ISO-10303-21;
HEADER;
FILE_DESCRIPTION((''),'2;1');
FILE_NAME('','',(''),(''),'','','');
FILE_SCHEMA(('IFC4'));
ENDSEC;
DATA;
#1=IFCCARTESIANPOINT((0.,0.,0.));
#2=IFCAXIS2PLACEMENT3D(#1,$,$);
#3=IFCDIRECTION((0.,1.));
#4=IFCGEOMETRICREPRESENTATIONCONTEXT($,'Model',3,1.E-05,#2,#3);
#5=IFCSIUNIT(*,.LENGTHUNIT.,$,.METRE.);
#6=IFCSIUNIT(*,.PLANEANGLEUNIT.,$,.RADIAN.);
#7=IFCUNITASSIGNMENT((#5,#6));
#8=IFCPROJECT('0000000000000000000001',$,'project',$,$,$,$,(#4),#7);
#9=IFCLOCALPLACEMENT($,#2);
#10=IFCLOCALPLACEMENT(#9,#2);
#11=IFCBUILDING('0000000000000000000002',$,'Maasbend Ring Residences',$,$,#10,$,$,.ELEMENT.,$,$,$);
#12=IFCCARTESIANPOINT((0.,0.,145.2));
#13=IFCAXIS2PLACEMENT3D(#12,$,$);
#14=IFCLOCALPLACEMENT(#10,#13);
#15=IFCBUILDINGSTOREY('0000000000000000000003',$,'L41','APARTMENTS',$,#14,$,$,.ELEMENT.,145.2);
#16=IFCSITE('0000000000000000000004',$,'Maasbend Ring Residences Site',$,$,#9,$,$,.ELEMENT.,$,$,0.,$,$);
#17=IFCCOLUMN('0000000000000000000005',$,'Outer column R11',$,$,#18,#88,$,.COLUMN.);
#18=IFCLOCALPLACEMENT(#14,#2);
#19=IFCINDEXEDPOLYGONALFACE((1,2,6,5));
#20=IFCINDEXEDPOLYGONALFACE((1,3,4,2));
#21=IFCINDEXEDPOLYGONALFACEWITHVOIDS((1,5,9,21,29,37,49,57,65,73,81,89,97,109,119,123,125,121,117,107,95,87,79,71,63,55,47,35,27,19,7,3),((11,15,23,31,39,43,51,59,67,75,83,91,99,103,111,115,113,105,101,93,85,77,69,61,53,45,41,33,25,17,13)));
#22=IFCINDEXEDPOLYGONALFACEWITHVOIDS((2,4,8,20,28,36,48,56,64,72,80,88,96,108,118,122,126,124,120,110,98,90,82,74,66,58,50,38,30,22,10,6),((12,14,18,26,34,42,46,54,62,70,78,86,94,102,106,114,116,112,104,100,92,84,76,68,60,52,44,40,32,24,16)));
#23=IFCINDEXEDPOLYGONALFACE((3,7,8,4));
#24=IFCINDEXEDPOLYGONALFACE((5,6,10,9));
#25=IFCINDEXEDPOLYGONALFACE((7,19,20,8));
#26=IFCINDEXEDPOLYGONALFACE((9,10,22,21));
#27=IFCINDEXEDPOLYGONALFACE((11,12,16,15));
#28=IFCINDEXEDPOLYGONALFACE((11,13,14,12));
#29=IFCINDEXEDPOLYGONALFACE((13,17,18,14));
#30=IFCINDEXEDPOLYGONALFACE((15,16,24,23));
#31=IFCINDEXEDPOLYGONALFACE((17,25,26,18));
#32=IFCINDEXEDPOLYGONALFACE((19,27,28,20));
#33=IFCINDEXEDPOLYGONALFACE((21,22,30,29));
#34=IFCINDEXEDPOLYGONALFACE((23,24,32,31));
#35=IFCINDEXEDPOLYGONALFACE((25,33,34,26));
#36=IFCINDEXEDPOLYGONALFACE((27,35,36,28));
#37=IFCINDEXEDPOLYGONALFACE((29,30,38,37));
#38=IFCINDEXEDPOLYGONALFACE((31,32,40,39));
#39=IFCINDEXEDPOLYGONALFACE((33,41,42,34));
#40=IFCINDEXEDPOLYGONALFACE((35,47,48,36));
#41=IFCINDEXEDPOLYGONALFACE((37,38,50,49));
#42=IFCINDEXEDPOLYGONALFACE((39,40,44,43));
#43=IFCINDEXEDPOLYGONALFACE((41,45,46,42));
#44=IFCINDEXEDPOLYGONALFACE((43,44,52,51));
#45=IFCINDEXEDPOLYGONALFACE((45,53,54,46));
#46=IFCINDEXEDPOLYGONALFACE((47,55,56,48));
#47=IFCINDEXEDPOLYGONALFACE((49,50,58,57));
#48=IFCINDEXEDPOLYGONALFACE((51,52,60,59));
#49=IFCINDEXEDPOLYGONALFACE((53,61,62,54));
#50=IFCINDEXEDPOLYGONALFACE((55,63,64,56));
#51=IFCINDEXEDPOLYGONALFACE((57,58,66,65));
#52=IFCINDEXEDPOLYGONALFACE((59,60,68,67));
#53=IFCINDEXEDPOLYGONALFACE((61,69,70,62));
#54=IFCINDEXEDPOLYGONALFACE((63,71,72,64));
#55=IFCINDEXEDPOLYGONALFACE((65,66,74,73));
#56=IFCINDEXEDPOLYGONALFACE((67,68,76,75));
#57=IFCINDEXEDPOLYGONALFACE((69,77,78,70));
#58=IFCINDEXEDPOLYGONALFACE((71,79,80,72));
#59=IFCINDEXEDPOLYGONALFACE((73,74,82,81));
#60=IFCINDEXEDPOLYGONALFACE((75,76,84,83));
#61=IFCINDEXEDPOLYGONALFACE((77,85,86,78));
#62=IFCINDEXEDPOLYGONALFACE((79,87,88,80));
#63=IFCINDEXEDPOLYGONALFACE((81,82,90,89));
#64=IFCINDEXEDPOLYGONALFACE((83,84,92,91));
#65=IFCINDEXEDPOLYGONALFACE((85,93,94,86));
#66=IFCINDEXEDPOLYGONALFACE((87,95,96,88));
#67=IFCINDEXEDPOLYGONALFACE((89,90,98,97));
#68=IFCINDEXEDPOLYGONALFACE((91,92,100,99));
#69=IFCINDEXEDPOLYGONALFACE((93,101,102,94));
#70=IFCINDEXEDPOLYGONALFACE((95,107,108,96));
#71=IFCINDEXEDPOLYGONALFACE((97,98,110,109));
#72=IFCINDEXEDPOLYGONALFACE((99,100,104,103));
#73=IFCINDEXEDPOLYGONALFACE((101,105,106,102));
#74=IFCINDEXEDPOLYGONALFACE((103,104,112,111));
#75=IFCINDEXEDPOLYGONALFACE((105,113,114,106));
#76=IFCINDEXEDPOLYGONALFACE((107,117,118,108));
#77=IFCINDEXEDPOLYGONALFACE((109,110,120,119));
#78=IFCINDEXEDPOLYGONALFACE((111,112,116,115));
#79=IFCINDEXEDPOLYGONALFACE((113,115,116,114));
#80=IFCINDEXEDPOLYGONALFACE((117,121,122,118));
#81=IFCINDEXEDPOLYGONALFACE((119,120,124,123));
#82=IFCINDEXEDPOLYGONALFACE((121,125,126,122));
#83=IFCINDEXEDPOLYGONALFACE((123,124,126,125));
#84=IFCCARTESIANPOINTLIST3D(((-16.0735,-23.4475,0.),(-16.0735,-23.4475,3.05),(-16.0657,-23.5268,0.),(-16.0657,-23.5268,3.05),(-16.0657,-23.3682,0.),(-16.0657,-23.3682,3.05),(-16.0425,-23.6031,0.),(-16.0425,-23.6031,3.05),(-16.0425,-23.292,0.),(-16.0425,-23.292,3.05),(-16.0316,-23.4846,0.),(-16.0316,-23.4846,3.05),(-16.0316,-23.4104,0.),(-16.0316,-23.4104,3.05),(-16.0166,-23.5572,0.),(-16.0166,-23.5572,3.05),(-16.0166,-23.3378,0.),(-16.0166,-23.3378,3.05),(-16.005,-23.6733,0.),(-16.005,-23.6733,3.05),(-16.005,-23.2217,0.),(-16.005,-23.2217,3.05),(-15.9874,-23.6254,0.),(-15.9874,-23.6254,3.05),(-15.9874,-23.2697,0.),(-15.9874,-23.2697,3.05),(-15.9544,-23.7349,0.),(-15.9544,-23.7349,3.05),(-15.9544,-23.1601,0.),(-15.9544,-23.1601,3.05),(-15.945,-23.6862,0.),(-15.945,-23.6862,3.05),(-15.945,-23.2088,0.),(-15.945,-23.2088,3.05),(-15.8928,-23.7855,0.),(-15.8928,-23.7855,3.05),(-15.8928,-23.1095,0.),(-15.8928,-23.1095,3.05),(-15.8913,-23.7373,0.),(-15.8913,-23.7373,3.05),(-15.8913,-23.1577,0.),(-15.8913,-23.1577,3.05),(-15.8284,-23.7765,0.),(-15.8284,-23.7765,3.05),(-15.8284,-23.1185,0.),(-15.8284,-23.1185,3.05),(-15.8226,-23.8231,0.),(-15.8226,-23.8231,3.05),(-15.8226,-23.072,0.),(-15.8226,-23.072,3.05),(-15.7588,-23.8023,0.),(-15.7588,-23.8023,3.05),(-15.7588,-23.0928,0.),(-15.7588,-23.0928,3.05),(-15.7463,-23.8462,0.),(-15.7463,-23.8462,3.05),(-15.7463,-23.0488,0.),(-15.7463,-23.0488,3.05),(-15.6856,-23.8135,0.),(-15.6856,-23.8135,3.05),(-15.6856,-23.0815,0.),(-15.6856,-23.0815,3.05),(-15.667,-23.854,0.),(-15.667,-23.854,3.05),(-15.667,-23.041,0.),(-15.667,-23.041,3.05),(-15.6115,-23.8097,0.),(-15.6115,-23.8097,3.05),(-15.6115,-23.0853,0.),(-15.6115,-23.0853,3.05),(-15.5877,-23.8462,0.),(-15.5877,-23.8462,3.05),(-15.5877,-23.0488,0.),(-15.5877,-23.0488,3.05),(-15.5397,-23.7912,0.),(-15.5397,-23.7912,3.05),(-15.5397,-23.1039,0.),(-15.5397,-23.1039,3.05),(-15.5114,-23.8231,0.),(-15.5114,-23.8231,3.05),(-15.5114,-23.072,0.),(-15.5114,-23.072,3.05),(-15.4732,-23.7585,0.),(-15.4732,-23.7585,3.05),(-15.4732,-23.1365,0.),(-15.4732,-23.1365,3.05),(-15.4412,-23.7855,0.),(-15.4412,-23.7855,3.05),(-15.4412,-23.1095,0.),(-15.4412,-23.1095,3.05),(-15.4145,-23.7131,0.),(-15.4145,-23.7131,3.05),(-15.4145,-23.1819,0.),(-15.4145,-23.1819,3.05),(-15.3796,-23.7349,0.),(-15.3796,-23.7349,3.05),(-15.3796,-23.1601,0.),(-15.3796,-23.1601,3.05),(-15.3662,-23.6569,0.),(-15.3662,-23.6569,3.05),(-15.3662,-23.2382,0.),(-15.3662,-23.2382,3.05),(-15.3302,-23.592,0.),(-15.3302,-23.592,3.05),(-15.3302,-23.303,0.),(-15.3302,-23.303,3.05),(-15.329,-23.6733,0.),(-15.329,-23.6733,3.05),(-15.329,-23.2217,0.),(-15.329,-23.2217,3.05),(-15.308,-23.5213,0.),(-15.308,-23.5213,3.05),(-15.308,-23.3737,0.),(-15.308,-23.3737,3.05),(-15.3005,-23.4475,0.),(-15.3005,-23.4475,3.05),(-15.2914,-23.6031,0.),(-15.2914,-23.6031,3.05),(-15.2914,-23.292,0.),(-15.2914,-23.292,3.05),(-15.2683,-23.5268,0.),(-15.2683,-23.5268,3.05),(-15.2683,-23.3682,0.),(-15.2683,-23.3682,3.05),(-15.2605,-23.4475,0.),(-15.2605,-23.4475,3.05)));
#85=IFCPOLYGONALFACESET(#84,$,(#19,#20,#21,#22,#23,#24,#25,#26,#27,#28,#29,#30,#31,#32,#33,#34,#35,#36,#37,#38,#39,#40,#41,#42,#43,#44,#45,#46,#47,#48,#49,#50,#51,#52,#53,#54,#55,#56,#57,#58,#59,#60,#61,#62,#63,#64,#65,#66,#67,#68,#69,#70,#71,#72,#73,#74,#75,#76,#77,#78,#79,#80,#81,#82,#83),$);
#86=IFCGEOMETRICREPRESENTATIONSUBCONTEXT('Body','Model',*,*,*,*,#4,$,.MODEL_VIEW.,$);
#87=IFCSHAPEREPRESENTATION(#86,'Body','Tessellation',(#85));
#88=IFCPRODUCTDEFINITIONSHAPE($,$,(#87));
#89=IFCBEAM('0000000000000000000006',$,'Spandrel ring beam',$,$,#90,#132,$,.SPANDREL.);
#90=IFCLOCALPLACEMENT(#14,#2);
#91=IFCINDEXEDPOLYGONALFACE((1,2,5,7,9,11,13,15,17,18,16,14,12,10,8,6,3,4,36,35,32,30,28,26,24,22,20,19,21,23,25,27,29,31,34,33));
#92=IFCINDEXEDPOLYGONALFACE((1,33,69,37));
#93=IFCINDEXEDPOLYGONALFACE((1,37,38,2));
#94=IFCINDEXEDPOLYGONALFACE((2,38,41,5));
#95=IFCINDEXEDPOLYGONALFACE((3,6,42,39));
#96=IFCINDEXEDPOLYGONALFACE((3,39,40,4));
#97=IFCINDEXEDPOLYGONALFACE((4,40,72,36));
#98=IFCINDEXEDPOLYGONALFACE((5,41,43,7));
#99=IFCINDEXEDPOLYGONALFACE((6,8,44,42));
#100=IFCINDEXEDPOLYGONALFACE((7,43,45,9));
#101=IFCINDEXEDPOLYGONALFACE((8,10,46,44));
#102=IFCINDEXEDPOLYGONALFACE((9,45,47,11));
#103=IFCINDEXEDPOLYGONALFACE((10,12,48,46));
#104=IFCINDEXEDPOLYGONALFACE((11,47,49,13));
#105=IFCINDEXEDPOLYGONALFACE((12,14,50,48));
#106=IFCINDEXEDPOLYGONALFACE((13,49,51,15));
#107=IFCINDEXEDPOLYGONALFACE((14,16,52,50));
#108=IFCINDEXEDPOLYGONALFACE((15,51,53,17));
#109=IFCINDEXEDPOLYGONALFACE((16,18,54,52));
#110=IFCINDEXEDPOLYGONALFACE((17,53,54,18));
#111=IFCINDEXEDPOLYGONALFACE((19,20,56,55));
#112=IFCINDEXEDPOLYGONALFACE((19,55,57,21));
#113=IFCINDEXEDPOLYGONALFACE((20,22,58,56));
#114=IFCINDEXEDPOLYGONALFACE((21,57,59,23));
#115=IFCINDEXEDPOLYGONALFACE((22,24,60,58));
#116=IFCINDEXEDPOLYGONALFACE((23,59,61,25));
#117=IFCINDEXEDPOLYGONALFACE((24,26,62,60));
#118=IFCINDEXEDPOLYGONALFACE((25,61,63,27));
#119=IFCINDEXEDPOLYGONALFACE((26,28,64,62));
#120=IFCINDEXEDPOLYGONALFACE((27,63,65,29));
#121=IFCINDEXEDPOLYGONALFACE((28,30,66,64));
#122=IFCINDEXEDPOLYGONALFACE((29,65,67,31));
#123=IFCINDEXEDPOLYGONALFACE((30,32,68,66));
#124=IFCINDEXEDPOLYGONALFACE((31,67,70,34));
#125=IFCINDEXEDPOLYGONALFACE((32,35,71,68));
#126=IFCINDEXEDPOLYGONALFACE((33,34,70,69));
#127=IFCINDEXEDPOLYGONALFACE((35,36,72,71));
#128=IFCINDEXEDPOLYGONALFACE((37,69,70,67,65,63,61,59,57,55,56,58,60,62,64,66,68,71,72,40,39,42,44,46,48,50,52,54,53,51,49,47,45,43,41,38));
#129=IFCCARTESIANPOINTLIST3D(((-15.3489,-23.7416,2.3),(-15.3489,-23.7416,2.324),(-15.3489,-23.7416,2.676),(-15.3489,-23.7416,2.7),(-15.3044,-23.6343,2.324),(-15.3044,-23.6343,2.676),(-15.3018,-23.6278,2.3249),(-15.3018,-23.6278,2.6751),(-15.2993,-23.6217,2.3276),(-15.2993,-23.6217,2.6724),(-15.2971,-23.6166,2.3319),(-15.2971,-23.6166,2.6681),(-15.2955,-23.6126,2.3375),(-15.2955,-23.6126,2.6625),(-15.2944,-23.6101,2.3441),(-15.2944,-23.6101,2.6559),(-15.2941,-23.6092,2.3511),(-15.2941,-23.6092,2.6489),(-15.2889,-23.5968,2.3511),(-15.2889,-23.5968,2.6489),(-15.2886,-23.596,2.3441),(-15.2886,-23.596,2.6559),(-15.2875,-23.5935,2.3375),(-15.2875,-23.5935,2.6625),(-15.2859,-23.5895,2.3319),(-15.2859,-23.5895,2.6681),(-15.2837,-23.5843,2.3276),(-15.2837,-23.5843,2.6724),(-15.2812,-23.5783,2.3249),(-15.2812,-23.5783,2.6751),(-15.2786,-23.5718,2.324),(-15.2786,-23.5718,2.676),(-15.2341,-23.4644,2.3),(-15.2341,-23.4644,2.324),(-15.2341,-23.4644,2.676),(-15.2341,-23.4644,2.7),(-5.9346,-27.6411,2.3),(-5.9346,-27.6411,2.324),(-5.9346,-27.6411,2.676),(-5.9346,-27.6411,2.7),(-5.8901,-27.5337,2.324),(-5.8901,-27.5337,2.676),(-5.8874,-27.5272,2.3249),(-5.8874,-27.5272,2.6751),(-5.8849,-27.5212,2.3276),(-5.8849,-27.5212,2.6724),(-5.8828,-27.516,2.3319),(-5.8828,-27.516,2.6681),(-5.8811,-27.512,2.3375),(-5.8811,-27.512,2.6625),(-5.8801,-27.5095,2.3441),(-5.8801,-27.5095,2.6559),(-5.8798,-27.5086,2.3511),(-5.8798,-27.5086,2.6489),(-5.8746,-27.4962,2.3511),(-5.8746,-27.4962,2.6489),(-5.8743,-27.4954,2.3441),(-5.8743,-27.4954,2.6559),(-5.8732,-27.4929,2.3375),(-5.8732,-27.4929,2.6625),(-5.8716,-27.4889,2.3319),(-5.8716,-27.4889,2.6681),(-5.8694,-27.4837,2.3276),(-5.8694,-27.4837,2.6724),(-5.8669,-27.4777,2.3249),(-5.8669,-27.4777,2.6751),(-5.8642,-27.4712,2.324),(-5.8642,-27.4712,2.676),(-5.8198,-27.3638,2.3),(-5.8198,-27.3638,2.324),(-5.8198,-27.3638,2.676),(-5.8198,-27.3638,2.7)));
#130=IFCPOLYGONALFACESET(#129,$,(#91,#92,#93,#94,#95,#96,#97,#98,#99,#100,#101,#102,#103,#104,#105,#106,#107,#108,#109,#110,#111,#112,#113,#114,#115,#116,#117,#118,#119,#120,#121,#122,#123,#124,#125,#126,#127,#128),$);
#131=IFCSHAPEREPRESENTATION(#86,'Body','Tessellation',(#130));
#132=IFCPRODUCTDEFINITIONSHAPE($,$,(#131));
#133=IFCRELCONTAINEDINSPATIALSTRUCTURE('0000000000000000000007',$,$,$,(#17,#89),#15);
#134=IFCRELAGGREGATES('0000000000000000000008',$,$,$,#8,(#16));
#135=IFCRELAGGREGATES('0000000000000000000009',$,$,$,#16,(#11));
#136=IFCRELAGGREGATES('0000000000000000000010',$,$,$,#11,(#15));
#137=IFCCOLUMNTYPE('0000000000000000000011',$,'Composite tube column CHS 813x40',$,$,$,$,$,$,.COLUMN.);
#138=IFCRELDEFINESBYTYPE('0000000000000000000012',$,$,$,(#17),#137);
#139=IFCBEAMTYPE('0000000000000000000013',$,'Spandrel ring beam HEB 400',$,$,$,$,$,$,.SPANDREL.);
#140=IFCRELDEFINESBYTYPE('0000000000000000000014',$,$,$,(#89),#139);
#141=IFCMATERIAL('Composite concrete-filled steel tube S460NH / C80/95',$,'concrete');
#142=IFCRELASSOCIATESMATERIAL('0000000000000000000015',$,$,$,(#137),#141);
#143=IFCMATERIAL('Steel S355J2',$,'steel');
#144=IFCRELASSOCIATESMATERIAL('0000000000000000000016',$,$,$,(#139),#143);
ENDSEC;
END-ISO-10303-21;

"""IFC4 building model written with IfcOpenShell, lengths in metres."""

from ifc_helpers import new_model, si_unit, direction, frame, origin, origin_2d, place, context, subcontext, project, spatial, hollow_circle, i_section, extrude, material, material_profile, profile_set, type_object, element, save


model = new_model("IFC4")

# Units and contexts
model_context = context("Model", 3, precision=1e-05, world=origin(), true_north=direction((0.0, 1.0)))
body_context = subcontext(model_context, "Body", "Model", "MODEL_VIEW")
ifc_project = project(units=[si_unit("LENGTHUNIT", "METRE"), si_unit("PLANEANGLEUNIT", "RADIAN")], contexts=[model_context])

# Site, building, storey
site_placement = place(None, origin())
site = spatial("IfcSite", under=ifc_project, at=site_placement, Name="Maasbend Ring Residences Site", CompositionType="ELEMENT", RefElevation=0.0)
building_placement = place(site_placement, origin())
building = spatial("IfcBuilding", under=site, at=building_placement, Name="Maasbend Ring Residences", CompositionType="ELEMENT")
storey_placement = place(building_placement, frame((0.0, 0.0, 145.2)))
storey = spatial("IfcBuildingStorey", under=building, at=storey_placement, Name="L41", Description="APARTMENTS", CompositionType="ELEMENT", Elevation=145.2)

# Column
ifc_material_1 = material(Name="Composite concrete-filled steel tube S460NH / C80/95", Category="concrete")
ifc_material_profile_1 = material_profile(ifc_material_1, hollow_circle(Radius=0.4065, WallThickness=0.04, at=origin_2d()), Name="Composite tube column CHS 813x40")
ifc_profile_set_1 = profile_set([ifc_material_profile_1], Name="Composite concrete-filled steel tube S460NH / C80/95")
column_type = type_object("IfcColumnType", Name="Composite tube column CHS 813x40", PredefinedType="COLUMN", material=ifc_profile_set_1)
column_placement = place(storey_placement, frame((-15.667, -23.4475, 0.0), z_axis=(0.0, 0.0, 1.0), x_axis=(1.0, 0.0, 0.0)))
element("IfcColumn", 1, at=column_placement, inside=storey, type_object=column_type, Name="Outer column R11", PredefinedType="COLUMN", context=body_context, shape_type="SweptSolid", body=[
    extrude(hollow_circle(Radius=0.4065, WallThickness=0.04, at=origin_2d()), origin(), (0.0, 0.0, 1.0), 3.05),
])

# Beam
ifc_material_2 = material(Name="Steel S355J2", Category="steel")
ifc_material_profile_2 = material_profile(ifc_material_2, i_section(OverallWidth=0.3, OverallDepth=0.3999, WebThickness=0.0134, FlangeThickness=0.0239, FilletRadius=0.0271, at=origin_2d()), Name="HEB 400")
ifc_profile_set_2 = profile_set([ifc_material_profile_2], Name="Steel S355J2")
beam_type = type_object("IfcBeamType", Name="Spandrel ring beam HEB 400", PredefinedType="SPANDREL", material=ifc_profile_set_2)
beam_placement = place(storey_placement, frame((-15.2915, -23.603, 2.5), z_axis=(0.923884, -0.382673, 0.0), x_axis=(0.382673, 0.923884, 0.0)))
element("IfcBeam", 2, at=beam_placement, inside=storey, type_object=beam_type, Name="Spandrel ring beam", PredefinedType="SPANDREL", context=body_context, shape_type="SweptSolid", body=[
    extrude(i_section(OverallWidth=0.3, OverallDepth=0.3999, WebThickness=0.0134, FlangeThickness=0.0239, FilletRadius=0.0271, at=origin_2d()), origin(), (0.0, 0.0, 1.0), 10.1899),
])

save(model, "model.ifc")
